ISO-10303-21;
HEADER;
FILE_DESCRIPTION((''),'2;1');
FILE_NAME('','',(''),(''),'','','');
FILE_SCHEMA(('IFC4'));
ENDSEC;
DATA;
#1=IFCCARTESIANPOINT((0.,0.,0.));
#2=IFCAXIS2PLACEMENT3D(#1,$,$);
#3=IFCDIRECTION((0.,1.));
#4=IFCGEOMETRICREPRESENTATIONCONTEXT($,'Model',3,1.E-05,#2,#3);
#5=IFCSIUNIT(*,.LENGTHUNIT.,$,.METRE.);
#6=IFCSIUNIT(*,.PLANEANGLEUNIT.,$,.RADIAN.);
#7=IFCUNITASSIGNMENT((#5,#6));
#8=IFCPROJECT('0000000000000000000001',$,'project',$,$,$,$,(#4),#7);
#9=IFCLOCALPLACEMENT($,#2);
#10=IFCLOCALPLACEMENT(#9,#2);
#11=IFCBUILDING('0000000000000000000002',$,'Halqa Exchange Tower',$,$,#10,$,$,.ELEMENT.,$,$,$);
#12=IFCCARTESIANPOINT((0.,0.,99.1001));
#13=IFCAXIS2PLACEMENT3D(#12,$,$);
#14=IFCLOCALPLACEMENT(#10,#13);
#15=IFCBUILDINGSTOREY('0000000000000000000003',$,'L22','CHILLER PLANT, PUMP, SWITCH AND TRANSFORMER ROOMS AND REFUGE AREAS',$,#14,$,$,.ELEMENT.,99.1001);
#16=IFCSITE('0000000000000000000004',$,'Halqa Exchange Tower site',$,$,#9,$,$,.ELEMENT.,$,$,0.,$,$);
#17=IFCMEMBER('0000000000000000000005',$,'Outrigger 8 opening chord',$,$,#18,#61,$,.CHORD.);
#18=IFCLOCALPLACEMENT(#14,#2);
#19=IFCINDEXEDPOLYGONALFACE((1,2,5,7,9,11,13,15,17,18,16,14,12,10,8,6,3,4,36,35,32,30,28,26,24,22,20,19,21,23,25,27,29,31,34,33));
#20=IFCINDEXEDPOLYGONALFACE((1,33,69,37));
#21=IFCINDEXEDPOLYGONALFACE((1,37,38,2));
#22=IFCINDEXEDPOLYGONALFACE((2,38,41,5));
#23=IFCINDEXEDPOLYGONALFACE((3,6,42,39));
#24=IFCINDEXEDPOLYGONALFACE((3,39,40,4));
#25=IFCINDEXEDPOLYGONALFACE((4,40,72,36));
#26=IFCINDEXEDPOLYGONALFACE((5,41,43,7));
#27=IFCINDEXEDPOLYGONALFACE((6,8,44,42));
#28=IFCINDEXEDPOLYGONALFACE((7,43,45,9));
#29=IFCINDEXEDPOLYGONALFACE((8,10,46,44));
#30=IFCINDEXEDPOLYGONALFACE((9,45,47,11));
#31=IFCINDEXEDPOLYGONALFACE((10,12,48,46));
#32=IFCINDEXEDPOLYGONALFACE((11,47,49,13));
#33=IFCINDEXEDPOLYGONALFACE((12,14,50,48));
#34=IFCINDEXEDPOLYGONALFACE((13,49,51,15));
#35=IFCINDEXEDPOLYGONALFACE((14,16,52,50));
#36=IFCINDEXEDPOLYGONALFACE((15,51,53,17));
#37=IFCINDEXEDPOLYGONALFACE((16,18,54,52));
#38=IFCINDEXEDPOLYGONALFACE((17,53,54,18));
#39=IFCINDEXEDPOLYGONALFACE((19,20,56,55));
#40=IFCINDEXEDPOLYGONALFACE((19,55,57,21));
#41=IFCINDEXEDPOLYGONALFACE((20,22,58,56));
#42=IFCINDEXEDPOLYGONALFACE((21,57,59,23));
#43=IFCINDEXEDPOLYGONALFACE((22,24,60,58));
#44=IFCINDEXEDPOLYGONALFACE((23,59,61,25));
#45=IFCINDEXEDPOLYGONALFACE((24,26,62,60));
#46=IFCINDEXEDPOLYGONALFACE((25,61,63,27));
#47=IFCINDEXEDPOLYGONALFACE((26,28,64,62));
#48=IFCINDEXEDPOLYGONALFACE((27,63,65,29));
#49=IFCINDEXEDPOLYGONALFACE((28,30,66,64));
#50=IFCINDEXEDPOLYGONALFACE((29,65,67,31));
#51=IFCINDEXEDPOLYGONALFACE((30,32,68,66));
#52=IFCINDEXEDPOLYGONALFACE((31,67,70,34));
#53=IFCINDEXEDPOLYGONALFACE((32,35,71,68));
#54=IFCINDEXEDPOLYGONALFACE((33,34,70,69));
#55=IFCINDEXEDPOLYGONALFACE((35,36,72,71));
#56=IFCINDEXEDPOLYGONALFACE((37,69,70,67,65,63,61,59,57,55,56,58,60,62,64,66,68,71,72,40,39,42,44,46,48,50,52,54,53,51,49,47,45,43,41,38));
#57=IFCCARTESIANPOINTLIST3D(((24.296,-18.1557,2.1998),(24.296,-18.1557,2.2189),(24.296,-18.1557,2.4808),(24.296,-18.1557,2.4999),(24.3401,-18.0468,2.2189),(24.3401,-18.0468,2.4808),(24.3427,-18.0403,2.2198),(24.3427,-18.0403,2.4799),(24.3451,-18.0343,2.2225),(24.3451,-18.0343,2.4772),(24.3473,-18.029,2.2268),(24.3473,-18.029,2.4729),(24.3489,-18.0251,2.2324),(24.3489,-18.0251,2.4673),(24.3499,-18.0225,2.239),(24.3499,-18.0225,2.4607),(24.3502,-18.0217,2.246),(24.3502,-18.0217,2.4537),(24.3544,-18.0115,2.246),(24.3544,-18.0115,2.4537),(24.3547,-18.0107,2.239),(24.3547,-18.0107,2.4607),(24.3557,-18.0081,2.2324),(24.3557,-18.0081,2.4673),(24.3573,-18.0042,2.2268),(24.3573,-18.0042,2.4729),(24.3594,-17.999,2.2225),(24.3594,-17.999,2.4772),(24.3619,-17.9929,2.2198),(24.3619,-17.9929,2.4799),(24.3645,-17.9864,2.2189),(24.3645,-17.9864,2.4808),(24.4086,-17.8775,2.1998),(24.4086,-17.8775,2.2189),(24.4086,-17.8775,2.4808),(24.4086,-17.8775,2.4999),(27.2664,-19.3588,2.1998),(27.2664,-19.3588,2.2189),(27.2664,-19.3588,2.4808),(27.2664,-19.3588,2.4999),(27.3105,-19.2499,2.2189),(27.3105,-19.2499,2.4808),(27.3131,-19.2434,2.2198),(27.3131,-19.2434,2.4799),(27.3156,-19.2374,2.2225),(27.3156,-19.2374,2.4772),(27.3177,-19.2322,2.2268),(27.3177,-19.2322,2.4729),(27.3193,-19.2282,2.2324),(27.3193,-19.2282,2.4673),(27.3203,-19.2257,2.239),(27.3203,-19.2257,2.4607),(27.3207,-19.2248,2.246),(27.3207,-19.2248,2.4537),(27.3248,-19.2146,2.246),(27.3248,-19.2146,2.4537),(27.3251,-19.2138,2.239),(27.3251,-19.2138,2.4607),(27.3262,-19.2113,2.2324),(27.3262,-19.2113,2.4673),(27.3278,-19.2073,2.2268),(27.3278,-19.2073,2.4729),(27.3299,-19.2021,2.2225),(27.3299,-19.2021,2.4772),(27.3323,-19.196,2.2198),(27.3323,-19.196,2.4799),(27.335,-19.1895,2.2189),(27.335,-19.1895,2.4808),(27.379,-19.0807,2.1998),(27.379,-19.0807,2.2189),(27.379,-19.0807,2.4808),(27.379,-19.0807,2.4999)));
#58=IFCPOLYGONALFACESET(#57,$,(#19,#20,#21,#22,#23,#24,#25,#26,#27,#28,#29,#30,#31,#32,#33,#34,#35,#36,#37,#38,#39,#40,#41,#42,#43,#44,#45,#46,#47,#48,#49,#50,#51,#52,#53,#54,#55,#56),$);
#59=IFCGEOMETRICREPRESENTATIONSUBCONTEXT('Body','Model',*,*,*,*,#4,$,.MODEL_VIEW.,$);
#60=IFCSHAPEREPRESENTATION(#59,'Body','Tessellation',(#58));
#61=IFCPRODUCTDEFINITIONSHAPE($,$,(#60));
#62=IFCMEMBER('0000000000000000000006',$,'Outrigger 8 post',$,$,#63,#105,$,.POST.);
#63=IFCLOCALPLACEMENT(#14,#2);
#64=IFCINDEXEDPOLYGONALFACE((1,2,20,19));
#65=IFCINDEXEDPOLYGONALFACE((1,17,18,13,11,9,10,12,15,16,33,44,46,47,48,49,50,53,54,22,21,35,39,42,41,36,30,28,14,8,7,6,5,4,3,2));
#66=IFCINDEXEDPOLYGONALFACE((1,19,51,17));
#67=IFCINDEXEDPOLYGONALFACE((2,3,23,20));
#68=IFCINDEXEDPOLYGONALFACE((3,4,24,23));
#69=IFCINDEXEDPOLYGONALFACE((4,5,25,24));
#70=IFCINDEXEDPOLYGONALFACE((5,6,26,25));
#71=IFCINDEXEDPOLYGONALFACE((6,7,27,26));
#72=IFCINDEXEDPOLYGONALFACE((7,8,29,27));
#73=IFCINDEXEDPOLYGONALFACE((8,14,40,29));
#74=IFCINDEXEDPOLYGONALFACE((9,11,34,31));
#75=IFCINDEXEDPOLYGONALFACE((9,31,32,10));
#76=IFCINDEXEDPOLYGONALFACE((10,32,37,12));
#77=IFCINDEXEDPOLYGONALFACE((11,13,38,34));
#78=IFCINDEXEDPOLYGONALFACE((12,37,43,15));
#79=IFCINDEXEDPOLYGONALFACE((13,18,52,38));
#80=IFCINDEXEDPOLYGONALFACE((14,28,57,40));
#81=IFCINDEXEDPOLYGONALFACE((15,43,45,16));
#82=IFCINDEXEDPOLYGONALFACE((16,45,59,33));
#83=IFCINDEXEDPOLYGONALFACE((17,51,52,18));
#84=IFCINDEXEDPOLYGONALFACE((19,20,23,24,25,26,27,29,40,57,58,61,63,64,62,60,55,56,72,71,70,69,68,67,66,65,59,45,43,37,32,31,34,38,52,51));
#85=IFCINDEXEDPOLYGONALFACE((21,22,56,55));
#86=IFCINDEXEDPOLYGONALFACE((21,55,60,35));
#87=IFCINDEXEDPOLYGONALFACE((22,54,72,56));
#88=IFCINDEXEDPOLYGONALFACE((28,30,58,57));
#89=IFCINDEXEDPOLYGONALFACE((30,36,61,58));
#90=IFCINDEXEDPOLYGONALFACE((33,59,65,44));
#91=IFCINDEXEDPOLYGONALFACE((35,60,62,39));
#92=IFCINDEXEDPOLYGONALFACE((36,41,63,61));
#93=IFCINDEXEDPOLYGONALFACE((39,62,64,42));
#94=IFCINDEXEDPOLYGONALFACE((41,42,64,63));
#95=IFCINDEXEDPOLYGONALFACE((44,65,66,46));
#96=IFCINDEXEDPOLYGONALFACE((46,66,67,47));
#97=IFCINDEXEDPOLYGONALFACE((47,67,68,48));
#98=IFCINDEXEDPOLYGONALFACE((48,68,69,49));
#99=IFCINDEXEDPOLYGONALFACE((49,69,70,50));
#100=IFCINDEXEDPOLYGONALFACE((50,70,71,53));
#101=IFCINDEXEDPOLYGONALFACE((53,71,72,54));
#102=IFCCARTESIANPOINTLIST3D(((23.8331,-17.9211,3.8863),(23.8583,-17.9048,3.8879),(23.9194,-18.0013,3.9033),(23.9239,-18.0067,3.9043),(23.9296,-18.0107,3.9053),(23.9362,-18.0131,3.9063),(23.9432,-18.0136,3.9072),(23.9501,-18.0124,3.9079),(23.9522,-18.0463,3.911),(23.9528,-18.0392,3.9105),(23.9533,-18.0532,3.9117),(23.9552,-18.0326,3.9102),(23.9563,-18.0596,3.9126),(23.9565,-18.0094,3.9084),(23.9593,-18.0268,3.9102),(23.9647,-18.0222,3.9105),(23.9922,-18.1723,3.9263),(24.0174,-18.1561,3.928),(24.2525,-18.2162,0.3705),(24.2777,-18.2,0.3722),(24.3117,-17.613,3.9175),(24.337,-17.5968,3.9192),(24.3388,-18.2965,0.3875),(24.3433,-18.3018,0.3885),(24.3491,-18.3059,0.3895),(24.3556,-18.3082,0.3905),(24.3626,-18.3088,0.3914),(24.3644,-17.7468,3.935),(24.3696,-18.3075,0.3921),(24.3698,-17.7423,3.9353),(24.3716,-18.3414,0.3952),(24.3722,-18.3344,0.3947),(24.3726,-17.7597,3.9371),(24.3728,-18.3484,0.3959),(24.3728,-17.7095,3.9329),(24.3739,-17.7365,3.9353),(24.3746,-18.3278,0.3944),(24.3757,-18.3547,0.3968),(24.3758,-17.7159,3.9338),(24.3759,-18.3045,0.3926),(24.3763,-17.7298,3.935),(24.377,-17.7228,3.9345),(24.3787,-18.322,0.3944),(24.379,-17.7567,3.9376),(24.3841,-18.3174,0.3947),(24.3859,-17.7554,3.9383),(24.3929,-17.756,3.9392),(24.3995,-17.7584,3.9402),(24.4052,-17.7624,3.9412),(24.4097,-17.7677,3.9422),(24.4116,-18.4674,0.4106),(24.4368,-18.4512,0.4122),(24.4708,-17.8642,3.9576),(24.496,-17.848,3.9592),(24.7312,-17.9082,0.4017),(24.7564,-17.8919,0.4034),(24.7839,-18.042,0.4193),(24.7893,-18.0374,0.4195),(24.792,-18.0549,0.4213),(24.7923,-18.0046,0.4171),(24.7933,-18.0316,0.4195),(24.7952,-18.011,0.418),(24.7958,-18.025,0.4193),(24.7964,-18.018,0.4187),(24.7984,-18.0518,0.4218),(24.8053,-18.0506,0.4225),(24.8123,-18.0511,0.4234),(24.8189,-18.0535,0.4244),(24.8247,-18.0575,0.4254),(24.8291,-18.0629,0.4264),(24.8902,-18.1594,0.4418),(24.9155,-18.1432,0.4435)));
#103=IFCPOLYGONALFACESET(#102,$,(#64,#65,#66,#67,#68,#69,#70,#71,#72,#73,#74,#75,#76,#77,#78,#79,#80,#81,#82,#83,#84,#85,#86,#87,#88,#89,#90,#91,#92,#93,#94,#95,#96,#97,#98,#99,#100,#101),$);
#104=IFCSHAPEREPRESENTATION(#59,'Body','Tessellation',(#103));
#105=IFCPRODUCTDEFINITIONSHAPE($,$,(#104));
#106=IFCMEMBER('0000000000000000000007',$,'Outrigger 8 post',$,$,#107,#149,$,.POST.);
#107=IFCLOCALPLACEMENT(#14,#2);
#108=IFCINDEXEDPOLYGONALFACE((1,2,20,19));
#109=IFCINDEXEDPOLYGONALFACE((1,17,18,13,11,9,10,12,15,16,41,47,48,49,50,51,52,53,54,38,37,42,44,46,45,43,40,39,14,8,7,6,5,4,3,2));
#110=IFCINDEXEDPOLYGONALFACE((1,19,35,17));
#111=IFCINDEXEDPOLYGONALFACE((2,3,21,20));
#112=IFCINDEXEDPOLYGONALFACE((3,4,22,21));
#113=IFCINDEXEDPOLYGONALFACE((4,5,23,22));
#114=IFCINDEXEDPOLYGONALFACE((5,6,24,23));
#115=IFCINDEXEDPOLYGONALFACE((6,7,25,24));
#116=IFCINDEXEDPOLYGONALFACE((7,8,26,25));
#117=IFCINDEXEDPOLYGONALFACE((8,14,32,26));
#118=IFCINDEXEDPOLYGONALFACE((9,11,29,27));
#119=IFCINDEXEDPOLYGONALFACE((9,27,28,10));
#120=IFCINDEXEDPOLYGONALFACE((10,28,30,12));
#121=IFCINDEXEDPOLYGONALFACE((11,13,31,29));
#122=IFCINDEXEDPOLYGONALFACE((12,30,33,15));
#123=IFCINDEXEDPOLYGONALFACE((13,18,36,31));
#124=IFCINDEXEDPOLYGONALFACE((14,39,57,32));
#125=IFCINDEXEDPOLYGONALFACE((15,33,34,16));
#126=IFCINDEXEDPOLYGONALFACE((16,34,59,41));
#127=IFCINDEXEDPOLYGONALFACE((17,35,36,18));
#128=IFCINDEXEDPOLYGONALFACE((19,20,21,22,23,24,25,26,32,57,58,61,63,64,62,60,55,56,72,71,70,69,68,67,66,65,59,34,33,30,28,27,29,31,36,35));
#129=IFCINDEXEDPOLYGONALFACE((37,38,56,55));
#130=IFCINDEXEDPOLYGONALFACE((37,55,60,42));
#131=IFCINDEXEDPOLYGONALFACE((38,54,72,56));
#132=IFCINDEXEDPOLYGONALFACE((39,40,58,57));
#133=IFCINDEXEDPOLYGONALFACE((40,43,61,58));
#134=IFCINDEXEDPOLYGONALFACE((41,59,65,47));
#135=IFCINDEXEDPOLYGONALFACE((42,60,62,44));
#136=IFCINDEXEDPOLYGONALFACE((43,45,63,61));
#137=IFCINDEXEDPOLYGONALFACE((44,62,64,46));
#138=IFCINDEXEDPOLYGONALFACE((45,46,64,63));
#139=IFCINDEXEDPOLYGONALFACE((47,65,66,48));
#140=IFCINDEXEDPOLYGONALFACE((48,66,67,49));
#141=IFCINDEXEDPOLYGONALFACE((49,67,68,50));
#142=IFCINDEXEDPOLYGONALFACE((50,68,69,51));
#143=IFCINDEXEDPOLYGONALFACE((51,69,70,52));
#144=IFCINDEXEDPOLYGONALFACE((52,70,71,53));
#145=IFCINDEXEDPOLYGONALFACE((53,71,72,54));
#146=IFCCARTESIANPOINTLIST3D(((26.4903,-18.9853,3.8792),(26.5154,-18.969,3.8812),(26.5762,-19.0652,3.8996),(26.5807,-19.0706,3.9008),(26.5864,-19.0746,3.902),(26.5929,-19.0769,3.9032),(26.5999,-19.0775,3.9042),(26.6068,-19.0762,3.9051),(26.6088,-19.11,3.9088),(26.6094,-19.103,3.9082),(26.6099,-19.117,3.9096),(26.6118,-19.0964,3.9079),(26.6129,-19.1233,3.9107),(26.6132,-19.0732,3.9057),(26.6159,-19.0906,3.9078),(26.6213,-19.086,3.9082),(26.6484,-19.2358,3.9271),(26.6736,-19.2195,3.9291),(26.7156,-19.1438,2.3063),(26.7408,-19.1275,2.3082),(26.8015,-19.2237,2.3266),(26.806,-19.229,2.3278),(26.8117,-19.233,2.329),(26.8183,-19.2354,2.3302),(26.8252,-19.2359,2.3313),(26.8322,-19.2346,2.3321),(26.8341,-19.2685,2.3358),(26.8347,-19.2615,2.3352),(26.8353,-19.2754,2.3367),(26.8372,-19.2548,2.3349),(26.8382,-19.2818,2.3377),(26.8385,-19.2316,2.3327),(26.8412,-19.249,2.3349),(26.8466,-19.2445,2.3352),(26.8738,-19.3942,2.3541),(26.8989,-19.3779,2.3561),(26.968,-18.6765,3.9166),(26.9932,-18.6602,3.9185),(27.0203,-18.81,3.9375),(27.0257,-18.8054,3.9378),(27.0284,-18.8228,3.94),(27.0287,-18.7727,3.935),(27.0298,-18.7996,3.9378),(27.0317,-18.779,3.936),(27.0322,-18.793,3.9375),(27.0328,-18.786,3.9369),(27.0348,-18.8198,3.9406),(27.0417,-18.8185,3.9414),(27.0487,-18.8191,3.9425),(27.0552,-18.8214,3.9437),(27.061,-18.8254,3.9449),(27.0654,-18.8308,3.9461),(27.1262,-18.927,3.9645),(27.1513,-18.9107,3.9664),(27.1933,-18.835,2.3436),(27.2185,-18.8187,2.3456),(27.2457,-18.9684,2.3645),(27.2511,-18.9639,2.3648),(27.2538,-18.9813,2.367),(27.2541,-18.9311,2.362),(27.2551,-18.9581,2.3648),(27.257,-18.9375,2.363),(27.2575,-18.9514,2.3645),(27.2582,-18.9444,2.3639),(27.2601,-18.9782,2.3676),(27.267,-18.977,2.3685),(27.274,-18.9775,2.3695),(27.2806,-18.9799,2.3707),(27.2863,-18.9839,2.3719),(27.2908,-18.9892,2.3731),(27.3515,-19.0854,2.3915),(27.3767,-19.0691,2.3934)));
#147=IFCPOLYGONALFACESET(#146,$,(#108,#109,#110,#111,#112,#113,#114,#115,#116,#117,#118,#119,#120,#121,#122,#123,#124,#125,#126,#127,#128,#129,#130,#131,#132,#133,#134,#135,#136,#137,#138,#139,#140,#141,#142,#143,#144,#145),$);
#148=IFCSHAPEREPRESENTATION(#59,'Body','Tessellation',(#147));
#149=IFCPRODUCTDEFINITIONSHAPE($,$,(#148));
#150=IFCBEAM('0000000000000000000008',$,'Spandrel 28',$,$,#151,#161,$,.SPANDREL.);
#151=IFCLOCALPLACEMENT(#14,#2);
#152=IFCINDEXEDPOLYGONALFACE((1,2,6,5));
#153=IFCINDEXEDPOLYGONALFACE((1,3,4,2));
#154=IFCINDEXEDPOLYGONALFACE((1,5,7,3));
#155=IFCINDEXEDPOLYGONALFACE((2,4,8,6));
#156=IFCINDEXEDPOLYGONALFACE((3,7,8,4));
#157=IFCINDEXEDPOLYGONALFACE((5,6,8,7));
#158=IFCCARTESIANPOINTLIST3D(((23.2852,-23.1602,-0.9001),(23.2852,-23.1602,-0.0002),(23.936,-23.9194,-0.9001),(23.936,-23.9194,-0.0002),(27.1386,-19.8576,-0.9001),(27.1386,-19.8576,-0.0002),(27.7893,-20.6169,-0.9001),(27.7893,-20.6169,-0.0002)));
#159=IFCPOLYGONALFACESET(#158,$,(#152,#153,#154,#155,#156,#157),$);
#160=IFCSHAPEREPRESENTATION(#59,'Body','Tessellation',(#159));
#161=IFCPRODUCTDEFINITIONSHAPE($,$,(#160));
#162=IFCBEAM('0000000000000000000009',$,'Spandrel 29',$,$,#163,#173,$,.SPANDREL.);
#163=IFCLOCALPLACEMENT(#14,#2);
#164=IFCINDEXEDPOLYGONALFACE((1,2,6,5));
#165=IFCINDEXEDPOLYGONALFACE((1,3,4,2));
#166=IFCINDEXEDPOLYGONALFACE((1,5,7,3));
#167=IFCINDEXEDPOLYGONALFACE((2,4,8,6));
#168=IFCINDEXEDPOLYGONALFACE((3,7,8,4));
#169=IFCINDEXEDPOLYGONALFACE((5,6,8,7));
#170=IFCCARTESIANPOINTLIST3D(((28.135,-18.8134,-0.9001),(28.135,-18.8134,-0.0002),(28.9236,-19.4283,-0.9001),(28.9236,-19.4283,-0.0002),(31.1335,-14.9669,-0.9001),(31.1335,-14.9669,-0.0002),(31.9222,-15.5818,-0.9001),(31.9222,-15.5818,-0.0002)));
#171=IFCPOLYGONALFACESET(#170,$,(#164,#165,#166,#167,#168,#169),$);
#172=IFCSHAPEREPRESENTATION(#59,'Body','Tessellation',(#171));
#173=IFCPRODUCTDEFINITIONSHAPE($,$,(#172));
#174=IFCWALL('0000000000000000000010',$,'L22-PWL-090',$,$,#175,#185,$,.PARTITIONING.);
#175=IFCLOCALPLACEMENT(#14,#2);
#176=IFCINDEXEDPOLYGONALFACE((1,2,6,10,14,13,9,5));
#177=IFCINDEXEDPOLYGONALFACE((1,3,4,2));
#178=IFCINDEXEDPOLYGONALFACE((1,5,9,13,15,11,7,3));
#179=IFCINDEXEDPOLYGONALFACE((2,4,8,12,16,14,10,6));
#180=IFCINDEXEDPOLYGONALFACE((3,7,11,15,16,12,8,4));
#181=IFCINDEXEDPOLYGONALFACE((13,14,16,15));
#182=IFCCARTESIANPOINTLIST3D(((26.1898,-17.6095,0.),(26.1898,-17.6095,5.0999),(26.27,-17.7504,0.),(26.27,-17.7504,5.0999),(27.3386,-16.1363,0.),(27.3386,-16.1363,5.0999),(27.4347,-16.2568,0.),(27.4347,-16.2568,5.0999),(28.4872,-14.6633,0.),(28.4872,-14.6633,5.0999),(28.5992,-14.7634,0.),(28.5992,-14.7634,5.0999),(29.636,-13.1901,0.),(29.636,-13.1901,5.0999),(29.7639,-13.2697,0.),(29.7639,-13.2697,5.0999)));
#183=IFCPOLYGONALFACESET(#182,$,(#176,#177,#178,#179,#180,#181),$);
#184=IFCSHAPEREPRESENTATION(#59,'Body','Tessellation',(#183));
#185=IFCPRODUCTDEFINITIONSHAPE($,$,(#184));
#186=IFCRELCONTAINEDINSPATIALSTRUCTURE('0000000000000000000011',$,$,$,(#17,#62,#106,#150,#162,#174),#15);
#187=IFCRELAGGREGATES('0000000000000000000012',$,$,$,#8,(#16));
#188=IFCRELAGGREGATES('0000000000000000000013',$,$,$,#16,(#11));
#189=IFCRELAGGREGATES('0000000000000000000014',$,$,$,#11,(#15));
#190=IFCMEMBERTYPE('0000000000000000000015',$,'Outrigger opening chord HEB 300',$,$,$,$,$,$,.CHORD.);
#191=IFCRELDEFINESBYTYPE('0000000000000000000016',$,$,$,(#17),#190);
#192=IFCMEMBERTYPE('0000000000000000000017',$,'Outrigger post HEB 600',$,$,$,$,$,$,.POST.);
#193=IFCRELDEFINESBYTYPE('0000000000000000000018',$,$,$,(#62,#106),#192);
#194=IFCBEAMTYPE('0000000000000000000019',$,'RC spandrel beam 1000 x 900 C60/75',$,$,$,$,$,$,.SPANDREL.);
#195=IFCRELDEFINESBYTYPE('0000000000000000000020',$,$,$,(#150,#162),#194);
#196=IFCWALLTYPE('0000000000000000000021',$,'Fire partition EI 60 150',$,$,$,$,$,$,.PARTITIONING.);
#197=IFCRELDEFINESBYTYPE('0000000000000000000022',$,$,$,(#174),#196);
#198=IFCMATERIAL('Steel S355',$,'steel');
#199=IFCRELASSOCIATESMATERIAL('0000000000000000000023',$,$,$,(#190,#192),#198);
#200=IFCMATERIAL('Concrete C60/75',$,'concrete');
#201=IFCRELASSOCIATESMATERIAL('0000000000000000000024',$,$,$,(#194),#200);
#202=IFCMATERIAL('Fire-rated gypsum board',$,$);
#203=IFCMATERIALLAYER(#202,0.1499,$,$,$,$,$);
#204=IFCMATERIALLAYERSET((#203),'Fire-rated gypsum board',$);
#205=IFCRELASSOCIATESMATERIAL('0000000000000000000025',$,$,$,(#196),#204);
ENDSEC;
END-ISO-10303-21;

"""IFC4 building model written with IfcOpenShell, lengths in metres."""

from ifc_helpers import new_model, si_unit, direction, frame, origin, origin_2d, place, context, subcontext, project, spatial, polyline, rectangle, i_section, outline, extrude, material, layer, layer_set, material_profile, profile_set, type_object, element, save


model = new_model("IFC4")

# Units and contexts
model_context = context("Model", 3, precision=1e-05, world=origin(), true_north=direction((0.0, 1.0)))
body_context = subcontext(model_context, "Body", "Model", "MODEL_VIEW")
ifc_project = project(units=[si_unit("LENGTHUNIT", "METRE"), si_unit("PLANEANGLEUNIT", "RADIAN")], contexts=[model_context])

# Site, building, storey
site_placement = place(None, origin())
site = spatial("IfcSite", under=ifc_project, at=site_placement, Name="Halqa Exchange Tower site", CompositionType="ELEMENT", RefElevation=0.0)
building_placement = place(site_placement, origin())
building = spatial("IfcBuilding", under=site, at=building_placement, Name="Halqa Exchange Tower", CompositionType="ELEMENT")
storey_placement = place(building_placement, frame((0.0, 0.0, 99.1001)))
storey = spatial("IfcBuildingStorey", under=building, at=storey_placement, Name="L22", Description="CHILLER PLANT, PUMP, SWITCH AND TRANSFORMER ROOMS AND REFUGE AREAS", CompositionType="ELEMENT", Elevation=99.1001)

# Members
ifc_material_1 = material(Name="Steel S355", Category="steel")
ifc_material_profile_1 = material_profile(ifc_material_1, i_section(OverallWidth=0.3, OverallDepth=0.3, WebThickness=0.011, FlangeThickness=0.019, FilletRadius=0.0271, at=origin_2d()), Name="HEB 300")
ifc_profile_set_1 = profile_set([ifc_material_profile_1], Name="Steel S355")
member_type_1 = type_object("IfcMemberType", Name="Outrigger opening chord HEB 300", PredefinedType="CHORD", material=ifc_profile_set_1)
member_1_placement = place(storey_placement, frame((24.3523, -18.0166, 2.3499), z_axis=(0.92686, -0.375406, 0.0), x_axis=(0.375406, 0.92686, 0.0)))
element("IfcMember", 1, at=member_1_placement, inside=storey, type_object=member_type_1, Name="Outrigger 8 opening chord", PredefinedType="CHORD", context=body_context, shape_type="SweptSolid", body=[
    extrude(i_section(OverallWidth=0.3, OverallDepth=0.3, WebThickness=0.011, FlangeThickness=0.019, FilletRadius=0.0271, at=origin_2d()), origin(), (0.0, 0.0, 1.0), 3.2048),
])
ifc_material_profile_2 = material_profile(ifc_material_1, i_section(OverallWidth=0.3, OverallDepth=0.6001, WebThickness=0.0154, FlangeThickness=0.03, FilletRadius=0.0271, at=origin_2d()), Name="HEB 600")
ifc_profile_set_2 = profile_set([ifc_material_profile_2], Name="Steel S355")
member_type_2 = type_object("IfcMemberType", Name="Outrigger post HEB 600", PredefinedType="POST", material=ifc_profile_set_2)
member_2_placement = place(storey_placement, frame((24.584, -18.1797, 0.407), z_axis=(-0.118048, 0.083073, 0.989527), x_axis=(0.53017, -0.837309, 0.133542)))
element("IfcMember", 2, at=member_2_placement, inside=storey, type_object=member_type_2, Name="Outrigger 8 post", PredefinedType="POST", context=body_context, shape_type="SweptSolid", body=[
    extrude(i_section(OverallWidth=0.3, OverallDepth=0.6001, WebThickness=0.0154, FlangeThickness=0.03, FilletRadius=0.0271, at=origin_2d()), origin(), (0.0, 0.0, 1.0), 3.553),
])
member_3_placement = place(storey_placement, frame((27.0461, -19.1064, 2.3499), z_axis=(-0.141109, 0.099219, 0.98501), x_axis=(0.527078, -0.834698, 0.159586)))
element("IfcMember", 3, at=member_3_placement, inside=storey, type_object=member_type_2, Name="Outrigger 8 post", PredefinedType="POST", context=body_context, shape_type="SweptSolid", body=[
    extrude(i_section(OverallWidth=0.3, OverallDepth=0.6001, WebThickness=0.0154, FlangeThickness=0.03, FilletRadius=0.0271, at=origin_2d()), origin(), (0.0, 0.0, 1.0), 1.5969),
])

# Beams
ifc_material_2 = material(Name="Concrete C60/75", Category="concrete")
ifc_material_profile_3 = material_profile(ifc_material_2, rectangle(XDim=1.0, YDim=0.8999, at=origin_2d()), Name="1000 x 900")
ifc_profile_set_3 = profile_set([ifc_material_profile_3], Name="Concrete C60/75")
beam_type = type_object("IfcBeamType", Name="RC spandrel beam 1000 x 900 C60/75", PredefinedType="SPANDREL", material=ifc_profile_set_3)
beam_1_placement = place(storey_placement, frame((23.6106, -23.5398, -0.4502), z_axis=(0.759287, 0.650756, 0.0), x_axis=(-0.650756, 0.759287, 0.0)))
element("IfcBeam", 4, at=beam_1_placement, inside=storey, type_object=beam_type, Name="Spandrel 28", PredefinedType="SPANDREL", context=body_context, shape_type="SweptSolid", body=[
    extrude(rectangle(XDim=1.0, YDim=0.8999, at=origin_2d()), origin(), (0.0, 0.0, 1.0), 5.075),
])
beam_2_placement = place(storey_placement, frame((28.5293, -19.1208, -0.4502), z_axis=(0.614817, 0.78867, 0.0), x_axis=(-0.78867, 0.614817, 0.0)))
element("IfcBeam", 5, at=beam_2_placement, inside=storey, type_object=beam_type, Name="Spandrel 29", PredefinedType="SPANDREL", context=body_context, shape_type="SweptSolid", body=[
    extrude(rectangle(XDim=1.0, YDim=0.8999, at=origin_2d()), origin(), (0.0, 0.0, 1.0), 4.8772),
])

# Wall
ifc_material_3 = material(Name="Fire-rated gypsum board")
ifc_layer_1 = layer(ifc_material_3, 0.1499)
ifc_layer_set_1 = layer_set([ifc_layer_1], Name="Fire-rated gypsum board")
wall_type_1 = type_object("IfcWallType", Name="Fire partition EI 60 150", PredefinedType="PARTITIONING", material=ifc_layer_set_1)
wall_1_placement = place(storey_placement, frame((26.2109, -17.7043, 0.0), z_axis=(0.0, 0.0, 1.0), x_axis=(0.614916, 0.788593, 0.0)))
element("IfcWall", 6, at=wall_1_placement, inside=storey, type_object=wall_type_1, Name="L22-PWL-090", PredefinedType="PARTITIONING", context=body_context, shape_type="SweptSolid", body=[
    extrude(outline(polyline([(0.0, -0.075), (1.894, -0.075), (3.7878, -0.075), (5.6819, -0.075), (5.666, 0.075), (3.7979, 0.075), (1.9299, 0.075), (0.0618, 0.075), (0.0, -0.075)])), origin(), (0.0, 0.0, 1.0), 5.0999),
])

save(model, "model.ifc")
